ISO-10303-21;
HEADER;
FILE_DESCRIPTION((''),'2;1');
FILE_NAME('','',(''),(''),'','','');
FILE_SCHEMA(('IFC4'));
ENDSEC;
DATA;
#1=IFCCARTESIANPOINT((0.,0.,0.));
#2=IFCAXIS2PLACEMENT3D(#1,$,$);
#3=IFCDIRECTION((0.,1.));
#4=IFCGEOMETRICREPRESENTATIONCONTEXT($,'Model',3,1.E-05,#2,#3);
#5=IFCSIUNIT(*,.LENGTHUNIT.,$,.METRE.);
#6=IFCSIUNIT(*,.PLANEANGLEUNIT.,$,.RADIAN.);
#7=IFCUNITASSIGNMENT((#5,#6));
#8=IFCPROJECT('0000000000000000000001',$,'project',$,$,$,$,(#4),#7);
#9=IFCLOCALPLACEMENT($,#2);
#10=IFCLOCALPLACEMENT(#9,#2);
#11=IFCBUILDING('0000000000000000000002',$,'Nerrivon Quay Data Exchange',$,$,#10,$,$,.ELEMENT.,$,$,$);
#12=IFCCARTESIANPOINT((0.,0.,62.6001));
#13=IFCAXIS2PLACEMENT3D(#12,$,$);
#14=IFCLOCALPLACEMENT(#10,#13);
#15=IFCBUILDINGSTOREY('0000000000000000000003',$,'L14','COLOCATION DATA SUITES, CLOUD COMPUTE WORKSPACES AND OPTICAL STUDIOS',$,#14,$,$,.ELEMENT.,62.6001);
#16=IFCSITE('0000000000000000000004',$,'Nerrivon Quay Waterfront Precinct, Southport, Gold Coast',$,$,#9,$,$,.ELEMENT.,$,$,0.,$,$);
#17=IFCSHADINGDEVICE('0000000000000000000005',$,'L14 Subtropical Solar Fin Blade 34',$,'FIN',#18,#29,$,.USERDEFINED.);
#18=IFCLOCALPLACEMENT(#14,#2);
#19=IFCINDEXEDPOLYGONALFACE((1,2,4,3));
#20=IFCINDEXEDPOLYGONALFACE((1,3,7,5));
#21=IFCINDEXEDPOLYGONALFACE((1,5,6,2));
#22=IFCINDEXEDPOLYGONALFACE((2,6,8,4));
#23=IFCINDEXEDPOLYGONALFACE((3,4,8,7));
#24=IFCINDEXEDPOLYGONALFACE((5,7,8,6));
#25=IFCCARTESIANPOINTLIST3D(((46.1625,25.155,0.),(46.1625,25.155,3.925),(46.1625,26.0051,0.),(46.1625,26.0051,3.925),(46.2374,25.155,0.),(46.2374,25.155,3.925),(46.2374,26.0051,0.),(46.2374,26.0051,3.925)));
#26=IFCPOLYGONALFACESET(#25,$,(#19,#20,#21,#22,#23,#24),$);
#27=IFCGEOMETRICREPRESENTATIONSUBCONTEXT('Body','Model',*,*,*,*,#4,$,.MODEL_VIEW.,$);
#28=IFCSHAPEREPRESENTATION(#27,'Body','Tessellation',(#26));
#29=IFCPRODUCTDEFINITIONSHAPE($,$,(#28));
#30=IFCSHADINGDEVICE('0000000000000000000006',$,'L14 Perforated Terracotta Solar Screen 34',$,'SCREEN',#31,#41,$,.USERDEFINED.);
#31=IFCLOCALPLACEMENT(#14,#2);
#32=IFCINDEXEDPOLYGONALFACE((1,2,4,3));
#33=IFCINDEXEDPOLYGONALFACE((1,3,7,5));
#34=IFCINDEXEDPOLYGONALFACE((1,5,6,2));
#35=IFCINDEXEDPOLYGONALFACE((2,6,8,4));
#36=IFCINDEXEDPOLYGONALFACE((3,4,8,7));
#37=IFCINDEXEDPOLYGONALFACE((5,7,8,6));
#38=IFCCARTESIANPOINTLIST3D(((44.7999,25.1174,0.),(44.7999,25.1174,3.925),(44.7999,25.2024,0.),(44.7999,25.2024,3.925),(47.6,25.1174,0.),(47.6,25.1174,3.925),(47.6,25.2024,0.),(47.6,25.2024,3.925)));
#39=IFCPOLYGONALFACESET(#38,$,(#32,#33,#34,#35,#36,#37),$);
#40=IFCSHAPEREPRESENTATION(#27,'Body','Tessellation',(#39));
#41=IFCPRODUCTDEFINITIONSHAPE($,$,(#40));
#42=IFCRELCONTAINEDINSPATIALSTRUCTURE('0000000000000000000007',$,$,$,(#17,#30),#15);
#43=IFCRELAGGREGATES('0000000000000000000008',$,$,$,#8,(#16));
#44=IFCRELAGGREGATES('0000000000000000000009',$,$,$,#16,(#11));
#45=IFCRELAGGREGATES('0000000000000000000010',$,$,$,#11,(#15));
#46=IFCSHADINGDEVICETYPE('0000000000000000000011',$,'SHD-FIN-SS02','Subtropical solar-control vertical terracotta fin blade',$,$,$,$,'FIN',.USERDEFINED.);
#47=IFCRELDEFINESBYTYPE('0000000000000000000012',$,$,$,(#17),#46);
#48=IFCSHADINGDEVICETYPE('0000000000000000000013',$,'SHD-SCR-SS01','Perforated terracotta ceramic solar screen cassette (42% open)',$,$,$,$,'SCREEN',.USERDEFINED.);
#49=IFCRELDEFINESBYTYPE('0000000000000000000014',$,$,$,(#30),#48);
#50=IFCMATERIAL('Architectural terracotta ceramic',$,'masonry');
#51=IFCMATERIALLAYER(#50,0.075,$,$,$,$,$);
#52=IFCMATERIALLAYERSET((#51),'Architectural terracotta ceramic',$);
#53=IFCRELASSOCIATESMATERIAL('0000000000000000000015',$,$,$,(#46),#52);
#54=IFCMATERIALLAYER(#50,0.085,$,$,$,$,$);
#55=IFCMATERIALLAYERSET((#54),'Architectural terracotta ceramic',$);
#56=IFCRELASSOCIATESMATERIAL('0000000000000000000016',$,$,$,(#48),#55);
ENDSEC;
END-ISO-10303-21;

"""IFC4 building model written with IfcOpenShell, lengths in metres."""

from ifc_helpers import new_model, si_unit, direction, frame, origin, origin_2d, place, context, subcontext, project, spatial, rectangle, extrude, material, layer, layer_set, type_object, element, save


model = new_model("IFC4")

# Units and contexts
model_context = context("Model", 3, precision=1e-05, world=origin(), true_north=direction((0.0, 1.0)))
body_context = subcontext(model_context, "Body", "Model", "MODEL_VIEW")
ifc_project = project(units=[si_unit("LENGTHUNIT", "METRE"), si_unit("PLANEANGLEUNIT", "RADIAN")], contexts=[model_context])

# Site, building, storey
site_placement = place(None, origin())
site = spatial("IfcSite", under=ifc_project, at=site_placement, Name="Nerrivon Quay Waterfront Precinct, Southport, Gold Coast", CompositionType="ELEMENT", RefElevation=0.0)
building_placement = place(site_placement, origin())
building = spatial("IfcBuilding", under=site, at=building_placement, Name="Nerrivon Quay Data Exchange", CompositionType="ELEMENT")
storey_placement = place(building_placement, frame((0.0, 0.0, 62.6001)))
storey = spatial("IfcBuildingStorey", under=building, at=storey_placement, Name="L14", Description="COLOCATION DATA SUITES, CLOUD COMPUTE WORKSPACES AND OPTICAL STUDIOS", CompositionType="ELEMENT", Elevation=62.6001)

# Shared definitions
ifc_material_1 = material(Name="Architectural terracotta ceramic", Category="masonry")

# Shading devices
ifc_layer_1 = layer(ifc_material_1, 0.075)
ifc_layer_set_1 = layer_set([ifc_layer_1], Name="Architectural terracotta ceramic")
shading_device_type_1 = type_object("IfcShadingDeviceType", Name="SHD-FIN-SS02", Description="Subtropical solar-control vertical terracotta fin blade", ElementType="FIN", PredefinedType="USERDEFINED", material=ifc_layer_set_1)
shading_device_1_placement = place(storey_placement, frame((46.2, 25.5801, 0.0), z_axis=(0.0, 0.0, 1.0), x_axis=(1.0, 0.0, 0.0)))
element("IfcShadingDevice", 1, at=shading_device_1_placement, inside=storey, type_object=shading_device_type_1, Name="L14 Subtropical Solar Fin Blade 34", ObjectType="FIN", PredefinedType="USERDEFINED", context=body_context, shape_type="SweptSolid", body=[
    extrude(rectangle(XDim=0.075, YDim=0.8501, at=origin_2d()), origin(), (0.0, 0.0, 1.0), 3.925),
])
ifc_layer_2 = layer(ifc_material_1, 0.085)
ifc_layer_set_2 = layer_set([ifc_layer_2], Name="Architectural terracotta ceramic")
shading_device_type_2 = type_object("IfcShadingDeviceType", Name="SHD-SCR-SS01", Description="Perforated terracotta ceramic solar screen cassette (42% open)", ElementType="SCREEN", PredefinedType="USERDEFINED", material=ifc_layer_set_2)
shading_device_2_placement = place(storey_placement, frame((46.2, 25.1599, 0.0), z_axis=(0.0, 0.0, 1.0), x_axis=(1.0, 0.0, 0.0)))
element("IfcShadingDevice", 2, at=shading_device_2_placement, inside=storey, type_object=shading_device_type_2, Name="L14 Perforated Terracotta Solar Screen 34", ObjectType="SCREEN", PredefinedType="USERDEFINED", context=body_context, shape_type="SweptSolid", body=[
    extrude(rectangle(XDim=2.8, YDim=0.085, at=origin_2d()), origin(), (0.0, 0.0, 1.0), 3.925),
])

save(model, "model.ifc")
